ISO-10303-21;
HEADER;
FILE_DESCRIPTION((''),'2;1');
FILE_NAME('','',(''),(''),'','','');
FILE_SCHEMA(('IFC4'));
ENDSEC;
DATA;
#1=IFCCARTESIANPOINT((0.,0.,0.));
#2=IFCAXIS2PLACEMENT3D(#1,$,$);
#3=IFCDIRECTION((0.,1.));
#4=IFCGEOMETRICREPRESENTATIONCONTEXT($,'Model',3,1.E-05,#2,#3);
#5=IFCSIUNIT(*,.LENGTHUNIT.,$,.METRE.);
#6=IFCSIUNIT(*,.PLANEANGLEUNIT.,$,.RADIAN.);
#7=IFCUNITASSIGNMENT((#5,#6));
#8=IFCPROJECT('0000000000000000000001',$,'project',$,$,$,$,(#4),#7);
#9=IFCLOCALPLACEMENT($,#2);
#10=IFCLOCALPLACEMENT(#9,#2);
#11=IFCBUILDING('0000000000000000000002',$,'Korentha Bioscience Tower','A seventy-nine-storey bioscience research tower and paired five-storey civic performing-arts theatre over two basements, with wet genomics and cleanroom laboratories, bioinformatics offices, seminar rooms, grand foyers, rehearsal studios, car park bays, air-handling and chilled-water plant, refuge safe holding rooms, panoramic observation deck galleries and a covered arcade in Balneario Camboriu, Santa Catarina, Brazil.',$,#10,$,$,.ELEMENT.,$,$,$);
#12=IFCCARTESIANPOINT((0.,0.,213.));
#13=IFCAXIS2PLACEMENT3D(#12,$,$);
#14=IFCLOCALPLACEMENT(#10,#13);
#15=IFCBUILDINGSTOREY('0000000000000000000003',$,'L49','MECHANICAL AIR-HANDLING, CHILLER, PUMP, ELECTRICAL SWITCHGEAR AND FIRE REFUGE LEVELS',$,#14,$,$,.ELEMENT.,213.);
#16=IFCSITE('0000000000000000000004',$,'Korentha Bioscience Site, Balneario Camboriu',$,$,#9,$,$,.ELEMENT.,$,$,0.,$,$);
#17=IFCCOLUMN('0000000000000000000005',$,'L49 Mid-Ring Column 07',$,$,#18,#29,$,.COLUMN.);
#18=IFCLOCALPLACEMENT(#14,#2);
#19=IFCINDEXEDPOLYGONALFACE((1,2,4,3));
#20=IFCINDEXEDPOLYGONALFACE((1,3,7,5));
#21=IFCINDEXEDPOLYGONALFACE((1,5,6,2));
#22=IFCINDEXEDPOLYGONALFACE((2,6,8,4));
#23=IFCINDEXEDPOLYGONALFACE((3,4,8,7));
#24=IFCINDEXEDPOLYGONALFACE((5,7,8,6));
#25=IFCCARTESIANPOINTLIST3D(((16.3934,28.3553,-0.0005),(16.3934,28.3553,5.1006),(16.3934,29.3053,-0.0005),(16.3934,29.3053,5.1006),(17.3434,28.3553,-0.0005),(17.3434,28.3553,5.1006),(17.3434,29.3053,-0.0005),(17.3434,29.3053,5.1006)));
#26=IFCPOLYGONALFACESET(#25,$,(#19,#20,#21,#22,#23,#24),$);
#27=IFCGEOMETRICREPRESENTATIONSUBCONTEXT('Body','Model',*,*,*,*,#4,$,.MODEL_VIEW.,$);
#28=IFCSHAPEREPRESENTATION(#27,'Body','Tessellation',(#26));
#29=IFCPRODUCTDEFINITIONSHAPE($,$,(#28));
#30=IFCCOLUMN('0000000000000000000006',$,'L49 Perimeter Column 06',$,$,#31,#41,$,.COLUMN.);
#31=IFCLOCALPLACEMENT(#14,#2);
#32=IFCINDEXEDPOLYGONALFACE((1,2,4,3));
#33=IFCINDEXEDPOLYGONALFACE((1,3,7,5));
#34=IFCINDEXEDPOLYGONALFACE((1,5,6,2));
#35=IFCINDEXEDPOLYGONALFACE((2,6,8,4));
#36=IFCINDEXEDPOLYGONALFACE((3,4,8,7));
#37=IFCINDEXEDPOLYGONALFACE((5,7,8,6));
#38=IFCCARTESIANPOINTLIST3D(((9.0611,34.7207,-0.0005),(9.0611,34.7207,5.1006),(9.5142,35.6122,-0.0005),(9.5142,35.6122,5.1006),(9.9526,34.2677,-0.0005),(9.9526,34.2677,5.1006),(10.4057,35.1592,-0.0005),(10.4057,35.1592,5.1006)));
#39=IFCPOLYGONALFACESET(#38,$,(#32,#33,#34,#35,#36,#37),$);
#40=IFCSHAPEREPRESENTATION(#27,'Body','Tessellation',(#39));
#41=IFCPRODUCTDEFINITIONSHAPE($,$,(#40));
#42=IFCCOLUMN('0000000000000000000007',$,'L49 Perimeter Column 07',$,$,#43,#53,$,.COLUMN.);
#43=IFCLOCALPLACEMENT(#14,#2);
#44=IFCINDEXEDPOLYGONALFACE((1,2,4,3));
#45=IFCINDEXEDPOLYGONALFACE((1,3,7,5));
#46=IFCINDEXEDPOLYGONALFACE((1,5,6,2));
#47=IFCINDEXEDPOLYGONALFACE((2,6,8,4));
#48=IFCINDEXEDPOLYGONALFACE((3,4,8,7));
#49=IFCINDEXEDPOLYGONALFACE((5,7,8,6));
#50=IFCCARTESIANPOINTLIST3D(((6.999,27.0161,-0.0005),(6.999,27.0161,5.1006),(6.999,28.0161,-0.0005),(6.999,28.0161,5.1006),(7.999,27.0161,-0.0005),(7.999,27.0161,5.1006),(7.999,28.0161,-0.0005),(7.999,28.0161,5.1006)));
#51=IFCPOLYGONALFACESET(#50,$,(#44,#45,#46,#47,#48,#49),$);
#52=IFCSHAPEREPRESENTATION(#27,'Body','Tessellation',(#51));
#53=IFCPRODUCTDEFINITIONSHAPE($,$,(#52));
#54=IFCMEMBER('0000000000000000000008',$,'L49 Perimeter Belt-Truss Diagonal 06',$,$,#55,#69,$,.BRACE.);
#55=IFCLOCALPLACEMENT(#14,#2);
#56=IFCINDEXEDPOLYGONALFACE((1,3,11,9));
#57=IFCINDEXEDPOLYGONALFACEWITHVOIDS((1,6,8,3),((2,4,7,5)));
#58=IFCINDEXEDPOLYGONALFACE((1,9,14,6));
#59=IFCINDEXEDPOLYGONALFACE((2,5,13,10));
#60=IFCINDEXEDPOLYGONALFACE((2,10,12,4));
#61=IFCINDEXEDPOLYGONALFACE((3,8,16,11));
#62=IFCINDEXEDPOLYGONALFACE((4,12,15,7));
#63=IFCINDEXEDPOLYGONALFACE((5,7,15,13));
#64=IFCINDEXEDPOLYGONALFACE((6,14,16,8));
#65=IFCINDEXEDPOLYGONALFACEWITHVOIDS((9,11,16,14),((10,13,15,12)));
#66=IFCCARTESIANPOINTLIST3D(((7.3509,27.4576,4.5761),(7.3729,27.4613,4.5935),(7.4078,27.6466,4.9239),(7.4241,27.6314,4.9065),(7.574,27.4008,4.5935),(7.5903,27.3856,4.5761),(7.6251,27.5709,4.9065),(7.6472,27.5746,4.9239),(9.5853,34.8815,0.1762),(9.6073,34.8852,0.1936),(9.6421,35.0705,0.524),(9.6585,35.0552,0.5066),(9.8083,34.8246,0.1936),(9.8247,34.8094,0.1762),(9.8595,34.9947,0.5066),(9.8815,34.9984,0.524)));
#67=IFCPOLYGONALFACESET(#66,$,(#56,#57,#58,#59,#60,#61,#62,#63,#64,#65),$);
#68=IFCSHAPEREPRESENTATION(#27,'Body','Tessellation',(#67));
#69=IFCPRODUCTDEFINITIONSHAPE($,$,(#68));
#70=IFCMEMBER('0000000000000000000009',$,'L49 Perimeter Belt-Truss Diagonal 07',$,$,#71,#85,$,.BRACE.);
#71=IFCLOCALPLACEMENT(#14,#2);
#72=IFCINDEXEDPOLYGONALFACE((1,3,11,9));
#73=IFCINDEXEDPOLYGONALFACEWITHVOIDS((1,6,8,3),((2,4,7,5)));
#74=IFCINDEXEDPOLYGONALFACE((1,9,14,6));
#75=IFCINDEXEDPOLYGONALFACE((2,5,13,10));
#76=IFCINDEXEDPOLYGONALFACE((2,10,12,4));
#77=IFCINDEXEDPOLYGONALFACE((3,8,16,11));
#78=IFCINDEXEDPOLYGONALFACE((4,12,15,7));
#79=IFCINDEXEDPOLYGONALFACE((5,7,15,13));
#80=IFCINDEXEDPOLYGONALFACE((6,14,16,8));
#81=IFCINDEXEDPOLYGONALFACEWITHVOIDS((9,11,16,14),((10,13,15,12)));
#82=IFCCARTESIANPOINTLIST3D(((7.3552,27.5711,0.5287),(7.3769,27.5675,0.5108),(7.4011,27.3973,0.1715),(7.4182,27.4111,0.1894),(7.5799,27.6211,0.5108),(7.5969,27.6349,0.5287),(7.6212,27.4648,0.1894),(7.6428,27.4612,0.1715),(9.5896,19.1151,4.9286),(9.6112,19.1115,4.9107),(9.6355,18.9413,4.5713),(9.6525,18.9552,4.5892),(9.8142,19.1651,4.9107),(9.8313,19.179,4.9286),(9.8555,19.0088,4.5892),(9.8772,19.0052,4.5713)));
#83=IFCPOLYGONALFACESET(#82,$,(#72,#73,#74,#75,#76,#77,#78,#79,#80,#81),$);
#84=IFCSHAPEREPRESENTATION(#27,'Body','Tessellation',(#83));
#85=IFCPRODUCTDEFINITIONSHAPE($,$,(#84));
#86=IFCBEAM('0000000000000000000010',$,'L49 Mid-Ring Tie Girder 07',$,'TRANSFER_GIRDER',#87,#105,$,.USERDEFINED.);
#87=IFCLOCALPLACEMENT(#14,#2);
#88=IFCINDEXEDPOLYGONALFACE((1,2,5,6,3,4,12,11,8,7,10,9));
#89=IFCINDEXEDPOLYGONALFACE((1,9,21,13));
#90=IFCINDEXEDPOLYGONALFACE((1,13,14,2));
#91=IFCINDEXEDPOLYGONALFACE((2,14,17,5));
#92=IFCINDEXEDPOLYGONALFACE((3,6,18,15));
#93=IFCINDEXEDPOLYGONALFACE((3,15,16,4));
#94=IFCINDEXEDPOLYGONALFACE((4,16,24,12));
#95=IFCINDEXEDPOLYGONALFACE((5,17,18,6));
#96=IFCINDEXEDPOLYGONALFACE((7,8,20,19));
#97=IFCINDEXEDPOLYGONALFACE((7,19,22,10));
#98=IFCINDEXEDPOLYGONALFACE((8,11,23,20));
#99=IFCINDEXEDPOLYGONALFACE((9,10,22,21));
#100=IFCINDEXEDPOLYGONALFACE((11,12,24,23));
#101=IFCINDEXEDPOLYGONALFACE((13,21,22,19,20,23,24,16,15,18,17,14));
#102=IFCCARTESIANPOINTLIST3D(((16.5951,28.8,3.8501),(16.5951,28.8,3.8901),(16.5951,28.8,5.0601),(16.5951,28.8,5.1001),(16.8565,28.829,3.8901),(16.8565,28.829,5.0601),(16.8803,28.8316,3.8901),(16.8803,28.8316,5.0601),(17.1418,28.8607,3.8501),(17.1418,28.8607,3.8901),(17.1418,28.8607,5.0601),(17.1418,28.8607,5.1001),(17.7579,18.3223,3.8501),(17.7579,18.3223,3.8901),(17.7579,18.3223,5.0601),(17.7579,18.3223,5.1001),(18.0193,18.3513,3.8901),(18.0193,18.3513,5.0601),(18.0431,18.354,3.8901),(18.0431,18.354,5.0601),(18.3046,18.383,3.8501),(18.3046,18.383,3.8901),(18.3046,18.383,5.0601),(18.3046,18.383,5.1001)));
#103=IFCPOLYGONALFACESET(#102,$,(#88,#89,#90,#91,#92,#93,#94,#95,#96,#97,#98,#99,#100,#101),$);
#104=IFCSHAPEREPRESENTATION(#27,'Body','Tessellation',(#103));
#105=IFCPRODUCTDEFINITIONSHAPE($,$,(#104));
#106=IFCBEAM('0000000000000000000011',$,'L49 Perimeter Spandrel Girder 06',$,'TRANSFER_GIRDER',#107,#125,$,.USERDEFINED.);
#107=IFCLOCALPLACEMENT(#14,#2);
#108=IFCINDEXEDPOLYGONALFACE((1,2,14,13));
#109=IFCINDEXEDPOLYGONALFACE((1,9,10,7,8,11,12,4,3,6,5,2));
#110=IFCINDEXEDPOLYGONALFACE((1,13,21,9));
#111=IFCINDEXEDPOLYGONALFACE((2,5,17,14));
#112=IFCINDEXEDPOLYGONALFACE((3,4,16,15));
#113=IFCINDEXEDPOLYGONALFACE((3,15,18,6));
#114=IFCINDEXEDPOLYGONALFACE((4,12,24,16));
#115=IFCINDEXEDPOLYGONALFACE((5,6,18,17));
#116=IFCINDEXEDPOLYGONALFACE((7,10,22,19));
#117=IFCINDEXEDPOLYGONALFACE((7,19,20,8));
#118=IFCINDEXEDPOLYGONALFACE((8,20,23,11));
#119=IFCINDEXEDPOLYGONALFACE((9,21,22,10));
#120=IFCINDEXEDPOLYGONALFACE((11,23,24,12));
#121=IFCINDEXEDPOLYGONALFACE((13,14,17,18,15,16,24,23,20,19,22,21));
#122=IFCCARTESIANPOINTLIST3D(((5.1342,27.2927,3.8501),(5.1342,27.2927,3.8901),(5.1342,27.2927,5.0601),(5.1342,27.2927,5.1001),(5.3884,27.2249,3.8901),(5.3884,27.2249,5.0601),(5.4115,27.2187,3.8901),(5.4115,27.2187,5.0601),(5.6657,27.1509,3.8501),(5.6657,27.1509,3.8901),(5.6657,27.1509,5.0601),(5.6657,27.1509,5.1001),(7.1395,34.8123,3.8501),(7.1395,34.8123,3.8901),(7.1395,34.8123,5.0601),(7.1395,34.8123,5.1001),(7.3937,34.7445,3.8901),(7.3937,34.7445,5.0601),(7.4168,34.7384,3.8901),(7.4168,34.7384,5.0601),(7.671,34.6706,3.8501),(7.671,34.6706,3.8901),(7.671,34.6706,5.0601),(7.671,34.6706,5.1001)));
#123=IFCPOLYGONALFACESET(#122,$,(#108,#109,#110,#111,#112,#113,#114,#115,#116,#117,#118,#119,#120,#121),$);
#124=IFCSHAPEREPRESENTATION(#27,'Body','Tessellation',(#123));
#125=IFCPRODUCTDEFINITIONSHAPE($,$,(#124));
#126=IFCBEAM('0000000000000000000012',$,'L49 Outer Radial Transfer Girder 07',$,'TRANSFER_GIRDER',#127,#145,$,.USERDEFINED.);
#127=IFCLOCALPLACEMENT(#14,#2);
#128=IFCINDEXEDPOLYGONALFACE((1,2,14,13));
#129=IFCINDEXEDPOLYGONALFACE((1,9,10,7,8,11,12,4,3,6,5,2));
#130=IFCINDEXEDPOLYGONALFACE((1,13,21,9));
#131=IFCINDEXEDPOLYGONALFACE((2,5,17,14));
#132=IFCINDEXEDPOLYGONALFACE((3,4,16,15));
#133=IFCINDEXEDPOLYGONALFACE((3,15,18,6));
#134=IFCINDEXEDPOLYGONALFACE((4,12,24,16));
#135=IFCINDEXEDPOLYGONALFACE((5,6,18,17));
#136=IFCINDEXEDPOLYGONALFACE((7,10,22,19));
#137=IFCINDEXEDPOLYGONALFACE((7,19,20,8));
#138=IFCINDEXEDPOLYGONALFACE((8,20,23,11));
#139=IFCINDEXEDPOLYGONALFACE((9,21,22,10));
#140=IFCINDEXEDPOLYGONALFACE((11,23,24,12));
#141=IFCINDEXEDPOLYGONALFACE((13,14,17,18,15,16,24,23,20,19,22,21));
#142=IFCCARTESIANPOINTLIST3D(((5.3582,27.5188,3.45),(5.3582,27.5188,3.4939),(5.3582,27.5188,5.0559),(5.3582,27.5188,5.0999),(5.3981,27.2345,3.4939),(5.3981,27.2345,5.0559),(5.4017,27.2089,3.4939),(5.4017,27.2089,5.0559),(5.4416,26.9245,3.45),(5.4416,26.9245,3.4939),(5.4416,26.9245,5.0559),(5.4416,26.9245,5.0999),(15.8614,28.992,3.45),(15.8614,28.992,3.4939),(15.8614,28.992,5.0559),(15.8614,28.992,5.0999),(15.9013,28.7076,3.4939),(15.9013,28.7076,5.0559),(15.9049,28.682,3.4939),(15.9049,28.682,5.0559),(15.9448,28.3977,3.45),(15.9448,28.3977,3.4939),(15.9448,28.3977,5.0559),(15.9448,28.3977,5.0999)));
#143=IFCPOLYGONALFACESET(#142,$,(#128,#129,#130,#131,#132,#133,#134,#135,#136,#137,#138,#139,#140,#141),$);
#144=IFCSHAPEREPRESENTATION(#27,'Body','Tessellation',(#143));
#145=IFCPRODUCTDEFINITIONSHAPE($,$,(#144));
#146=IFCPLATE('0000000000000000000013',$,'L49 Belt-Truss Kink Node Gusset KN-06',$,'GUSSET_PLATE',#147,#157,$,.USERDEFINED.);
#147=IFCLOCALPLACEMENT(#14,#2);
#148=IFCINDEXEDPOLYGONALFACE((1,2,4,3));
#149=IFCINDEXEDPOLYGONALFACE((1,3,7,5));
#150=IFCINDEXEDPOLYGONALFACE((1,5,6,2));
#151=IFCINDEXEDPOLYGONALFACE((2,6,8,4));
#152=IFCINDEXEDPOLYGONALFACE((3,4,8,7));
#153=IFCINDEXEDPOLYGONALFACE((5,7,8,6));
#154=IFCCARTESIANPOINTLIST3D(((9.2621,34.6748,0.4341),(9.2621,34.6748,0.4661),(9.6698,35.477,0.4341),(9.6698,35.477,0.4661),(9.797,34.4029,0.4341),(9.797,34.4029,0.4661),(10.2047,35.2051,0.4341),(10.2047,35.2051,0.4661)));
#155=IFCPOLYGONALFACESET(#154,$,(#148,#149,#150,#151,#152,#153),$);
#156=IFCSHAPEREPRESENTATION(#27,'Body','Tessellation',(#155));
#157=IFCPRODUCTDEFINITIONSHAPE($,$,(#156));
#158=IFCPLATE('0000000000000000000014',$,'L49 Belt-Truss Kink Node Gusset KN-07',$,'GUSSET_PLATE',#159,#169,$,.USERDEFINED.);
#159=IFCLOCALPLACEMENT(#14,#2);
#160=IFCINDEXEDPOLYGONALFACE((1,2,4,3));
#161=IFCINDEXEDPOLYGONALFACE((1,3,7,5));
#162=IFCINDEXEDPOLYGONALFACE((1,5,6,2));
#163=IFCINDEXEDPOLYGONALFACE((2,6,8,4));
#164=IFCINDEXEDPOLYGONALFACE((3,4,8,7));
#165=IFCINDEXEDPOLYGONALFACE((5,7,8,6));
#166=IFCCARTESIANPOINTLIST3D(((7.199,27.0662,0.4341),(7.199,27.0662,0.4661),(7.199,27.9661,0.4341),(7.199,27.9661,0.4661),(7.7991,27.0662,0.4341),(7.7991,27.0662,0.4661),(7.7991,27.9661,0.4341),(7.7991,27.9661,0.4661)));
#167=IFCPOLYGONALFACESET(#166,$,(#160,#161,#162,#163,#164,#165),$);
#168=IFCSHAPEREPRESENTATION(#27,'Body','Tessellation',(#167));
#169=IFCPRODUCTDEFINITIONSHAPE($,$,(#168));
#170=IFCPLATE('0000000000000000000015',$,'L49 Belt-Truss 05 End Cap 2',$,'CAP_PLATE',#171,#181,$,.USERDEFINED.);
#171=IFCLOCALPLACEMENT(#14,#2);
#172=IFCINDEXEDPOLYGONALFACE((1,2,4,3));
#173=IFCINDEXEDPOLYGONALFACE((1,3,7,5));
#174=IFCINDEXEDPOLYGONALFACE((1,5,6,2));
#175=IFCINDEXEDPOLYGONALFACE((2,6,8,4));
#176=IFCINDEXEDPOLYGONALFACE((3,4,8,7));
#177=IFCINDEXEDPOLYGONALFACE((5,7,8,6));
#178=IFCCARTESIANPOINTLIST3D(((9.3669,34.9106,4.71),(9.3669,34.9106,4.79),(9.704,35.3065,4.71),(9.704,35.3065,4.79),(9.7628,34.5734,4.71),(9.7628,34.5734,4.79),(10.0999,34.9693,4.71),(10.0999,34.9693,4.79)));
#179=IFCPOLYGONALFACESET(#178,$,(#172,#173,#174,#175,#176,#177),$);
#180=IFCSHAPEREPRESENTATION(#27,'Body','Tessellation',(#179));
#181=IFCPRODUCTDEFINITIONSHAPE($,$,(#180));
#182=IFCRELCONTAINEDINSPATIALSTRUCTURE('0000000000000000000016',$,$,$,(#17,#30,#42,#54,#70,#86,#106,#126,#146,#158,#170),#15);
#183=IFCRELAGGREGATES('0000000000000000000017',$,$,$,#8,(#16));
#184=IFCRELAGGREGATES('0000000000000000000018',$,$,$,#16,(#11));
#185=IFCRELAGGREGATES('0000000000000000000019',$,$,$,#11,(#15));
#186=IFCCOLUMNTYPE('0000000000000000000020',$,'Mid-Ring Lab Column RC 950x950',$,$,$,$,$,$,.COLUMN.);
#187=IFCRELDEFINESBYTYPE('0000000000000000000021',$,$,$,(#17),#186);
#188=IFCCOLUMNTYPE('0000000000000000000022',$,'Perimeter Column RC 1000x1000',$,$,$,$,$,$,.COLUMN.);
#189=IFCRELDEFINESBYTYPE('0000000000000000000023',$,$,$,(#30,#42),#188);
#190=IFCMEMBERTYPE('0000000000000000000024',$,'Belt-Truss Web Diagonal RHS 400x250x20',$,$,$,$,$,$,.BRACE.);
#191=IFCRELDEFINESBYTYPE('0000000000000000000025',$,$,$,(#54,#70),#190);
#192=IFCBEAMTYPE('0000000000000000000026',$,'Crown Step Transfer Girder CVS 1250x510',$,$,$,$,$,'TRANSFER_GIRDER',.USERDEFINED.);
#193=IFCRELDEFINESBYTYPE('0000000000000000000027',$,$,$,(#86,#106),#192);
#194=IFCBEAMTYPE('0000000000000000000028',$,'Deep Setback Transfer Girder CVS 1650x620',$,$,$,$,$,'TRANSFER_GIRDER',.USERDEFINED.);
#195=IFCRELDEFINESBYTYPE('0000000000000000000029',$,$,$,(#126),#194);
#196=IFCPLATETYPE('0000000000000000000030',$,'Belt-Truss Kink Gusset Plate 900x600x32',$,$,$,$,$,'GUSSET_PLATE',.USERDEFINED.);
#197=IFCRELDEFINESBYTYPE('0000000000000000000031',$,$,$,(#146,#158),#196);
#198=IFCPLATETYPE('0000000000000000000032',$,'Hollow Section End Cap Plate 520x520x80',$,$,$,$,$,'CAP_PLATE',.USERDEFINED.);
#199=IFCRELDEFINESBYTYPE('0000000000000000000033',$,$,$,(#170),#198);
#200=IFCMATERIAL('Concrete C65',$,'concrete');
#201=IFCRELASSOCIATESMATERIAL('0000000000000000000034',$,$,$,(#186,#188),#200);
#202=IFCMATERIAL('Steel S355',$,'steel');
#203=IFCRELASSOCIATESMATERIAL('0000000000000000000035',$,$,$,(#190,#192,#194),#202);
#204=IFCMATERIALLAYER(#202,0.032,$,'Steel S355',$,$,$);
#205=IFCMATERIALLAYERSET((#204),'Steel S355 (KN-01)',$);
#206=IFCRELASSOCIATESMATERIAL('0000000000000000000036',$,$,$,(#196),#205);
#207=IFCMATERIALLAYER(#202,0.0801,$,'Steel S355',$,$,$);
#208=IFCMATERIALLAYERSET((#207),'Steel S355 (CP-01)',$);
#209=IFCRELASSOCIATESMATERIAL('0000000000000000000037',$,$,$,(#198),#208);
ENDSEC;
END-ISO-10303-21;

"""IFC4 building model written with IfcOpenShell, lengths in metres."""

from ifc_helpers import new_model, si_unit, direction, frame, origin, origin_2d, place, context, subcontext, project, spatial, rectangle, hollow_rectangle, i_section, extrude, material, layer, layer_set, material_profile, profile_set, type_object, element, save


model = new_model("IFC4")

# Units and contexts
model_context = context("Model", 3, precision=1e-05, world=origin(), true_north=direction((0.0, 1.0)))
body_context = subcontext(model_context, "Body", "Model", "MODEL_VIEW")
ifc_project = project(units=[si_unit("LENGTHUNIT", "METRE"), si_unit("PLANEANGLEUNIT", "RADIAN")], contexts=[model_context])

# Site, building, storey
site_placement = place(None, origin())
site = spatial("IfcSite", under=ifc_project, at=site_placement, Name="Korentha Bioscience Site, Balneario Camboriu", CompositionType="ELEMENT", RefElevation=0.0)
building_placement = place(site_placement, origin())
building = spatial("IfcBuilding", under=site, at=building_placement, Name="Korentha Bioscience Tower", Description="A seventy-nine-storey bioscience research tower and paired five-storey civic performing-arts theatre over two basements, with wet genomics and cleanroom laboratories, bioinformatics offices, seminar rooms, grand foyers, rehearsal studios, car park bays, air-handling and chilled-water plant, refuge safe holding rooms, panoramic observation deck galleries and a covered arcade in Balneario Camboriu, Santa Catarina, Brazil.", CompositionType="ELEMENT")
storey_placement = place(building_placement, frame((0.0, 0.0, 213.0)))
storey = spatial("IfcBuildingStorey", under=building, at=storey_placement, Name="L49", Description="MECHANICAL AIR-HANDLING, CHILLER, PUMP, ELECTRICAL SWITCHGEAR AND FIRE REFUGE LEVELS", CompositionType="ELEMENT", Elevation=213.0)

# Columns
ifc_material_1 = material(Name="Concrete C65", Category="concrete")
ifc_material_profile_1 = material_profile(ifc_material_1, rectangle(XDim=0.95, YDim=0.95, at=origin_2d()), Name="Concrete C65")
ifc_profile_set_1 = profile_set([ifc_material_profile_1], Name="Concrete C65 (COL-MR09)")
column_type_1 = type_object("IfcColumnType", Name="Mid-Ring Lab Column RC 950x950", PredefinedType="COLUMN", material=ifc_profile_set_1)
column_placement = place(storey_placement, frame((16.8684, 28.8303, -0.0005), z_axis=(0.0, 0.0, 1.0), x_axis=(1.0, 0.0, 0.0)))
element("IfcColumn", 1, at=column_placement, inside=storey, type_object=column_type_1, Name="L49 Mid-Ring Column 07", PredefinedType="COLUMN", context=body_context, shape_type="SweptSolid", body=[
    extrude(rectangle(XDim=0.95, YDim=0.95, at=origin_2d()), origin(), (0.0, 0.0, 1.0), 5.1011),
])
ifc_material_profile_2 = material_profile(ifc_material_1, rectangle(XDim=1.0, YDim=1.0, at=origin_2d()), Name="Concrete C65")
ifc_profile_set_2 = profile_set([ifc_material_profile_2], Name="Concrete C65 (COL-P10)")
column_type_2 = type_object("IfcColumnType", Name="Perimeter Column RC 1000x1000", PredefinedType="COLUMN", material=ifc_profile_set_2)
for number, where, z_axis, x_axis, name in (
    (2, (9.7334, 34.9399, -0.0005), (0.0, 0.0, 1.0), (0.453057, 0.891481, 0.0), "L49 Perimeter Column 06"),
    (3, (7.499, 27.5161, -0.0005), (0.0, 0.0, 1.0), (0.0, 1.0, 0.0), "L49 Perimeter Column 07"),
):
    element("IfcColumn", number, at=place(storey_placement, frame(where, z_axis=z_axis, x_axis=x_axis)), inside=storey, type_object=column_type_2, Name=name, PredefinedType="COLUMN", context=body_context, shape_type="SweptSolid", body=[
        extrude(rectangle(XDim=1.0, YDim=1.0, at=origin_2d()), origin(), (0.0, 0.0, 1.0), 5.1011),
    ])

# Members
ifc_material_2 = material(Name="Steel S355", Category="steel")
ifc_material_profile_3 = material_profile(ifc_material_2, hollow_rectangle(XDim=0.25, YDim=0.3999, WallThickness=0.02, at=origin_2d()), Name="Steel S355")
ifc_profile_set_3 = profile_set([ifc_material_profile_3], Name="Steel S355 (BT-D400)")
member_type = type_object("IfcMemberType", Name="Belt-Truss Web Diagonal RHS 400x250x20", PredefinedType="BRACE", material=ifc_profile_set_3)
member_1_placement = place(storey_placement, frame((9.7334, 34.9399, 0.3501), z_axis=(-0.250651, -0.8328, 0.493578), x_axis=(0.957569, -0.288203, 0.0)))
element("IfcMember", 4, at=member_1_placement, inside=storey, type_object=member_type, Name="L49 Perimeter Belt-Truss Diagonal 06", PredefinedType="BRACE", context=body_context, shape_type="SweptSolid", body=[
    extrude(hollow_rectangle(XDim=0.25, YDim=0.3999, WallThickness=0.02, at=origin_2d()), origin(), (0.0, 0.0, 1.0), 8.9143),
])
member_2_placement = place(storey_placement, frame((7.499, 27.5161, 0.3501), z_axis=(0.228216, -0.863689, 0.449399), x_axis=(0.966818, 0.255466, 0.0)))
element("IfcMember", 5, at=member_2_placement, inside=storey, type_object=member_type, Name="L49 Perimeter Belt-Truss Diagonal 07", PredefinedType="BRACE", context=body_context, shape_type="SweptSolid", body=[
    extrude(hollow_rectangle(XDim=0.25, YDim=0.3999, WallThickness=0.02, at=origin_2d()), origin(), (0.0, 0.0, 1.0), 9.7905),
])

# Beams
ifc_material_profile_4 = material_profile(ifc_material_2, i_section(OverallWidth=0.55, OverallDepth=1.25, WebThickness=0.0239, FlangeThickness=0.04, at=origin_2d()), Name="Steel S355")
ifc_profile_set_4 = profile_set([ifc_material_profile_4], Name="Steel S355 (TG-03)")
beam_type_1 = type_object("IfcBeamType", Name="Crown Step Transfer Girder CVS 1250x510", ElementType="TRANSFER_GIRDER", PredefinedType="USERDEFINED", material=ifc_profile_set_4)
beam_1_placement = place(storey_placement, frame((16.8684, 28.8303, 4.4751), z_axis=(0.110304, -0.993898, 0.0), x_axis=(0.993898, 0.110304, 0.0)))
element("IfcBeam", 6, at=beam_1_placement, inside=storey, type_object=beam_type_1, Name="L49 Mid-Ring Tie Girder 07", ObjectType="TRANSFER_GIRDER", PredefinedType="USERDEFINED", context=body_context, shape_type="SweptSolid", body=[
    extrude(i_section(OverallWidth=0.55, OverallDepth=1.25, WebThickness=0.0239, FlangeThickness=0.04, at=origin_2d()), origin(), (0.0, 0.0, 1.0), 10.542),
])
beam_2_placement = place(storey_placement, frame((7.4053, 34.7415, 4.4751), z_axis=(-0.257674, -0.966232, 0.0), x_axis=(0.966232, -0.257674, 0.0)))
element("IfcBeam", 7, at=beam_2_placement, inside=storey, type_object=beam_type_1, Name="L49 Perimeter Spandrel Girder 06", ObjectType="TRANSFER_GIRDER", PredefinedType="USERDEFINED", context=body_context, shape_type="SweptSolid", body=[
    extrude(i_section(OverallWidth=0.55, OverallDepth=1.25, WebThickness=0.0239, FlangeThickness=0.04, at=origin_2d()), origin(), (0.0, 0.0, 1.0), 7.7825),
])
ifc_material_profile_5 = material_profile(ifc_material_2, i_section(OverallWidth=0.6001, OverallDepth=1.6499, WebThickness=0.0259, FlangeThickness=0.0439, at=origin_2d()), Name="Steel S355")
ifc_profile_set_5 = profile_set([ifc_material_profile_5], Name="Steel S355 (TG-04)")
beam_type_2 = type_object("IfcBeamType", Name="Deep Setback Transfer Girder CVS 1650x620", ElementType="TRANSFER_GIRDER", PredefinedType="USERDEFINED", material=ifc_profile_set_5)
beam_3_placement = place(storey_placement, frame((15.9031, 28.6948, 4.2749), z_axis=(-0.990307, -0.138898, 0.0), x_axis=(0.138898, -0.990307, 0.0)))
element("IfcBeam", 8, at=beam_3_placement, inside=storey, type_object=beam_type_2, Name="L49 Outer Radial Transfer Girder 07", ObjectType="TRANSFER_GIRDER", PredefinedType="USERDEFINED", context=body_context, shape_type="SweptSolid", body=[
    extrude(i_section(OverallWidth=0.6001, OverallDepth=1.6499, WebThickness=0.0259, FlangeThickness=0.0439, at=origin_2d()), origin(), (0.0, 0.0, 1.0), 10.606),
])

# Plates
ifc_layer_1 = layer(ifc_material_2, 0.032, Name="Steel S355")
ifc_layer_set_1 = layer_set([ifc_layer_1], Name="Steel S355 (KN-01)")
plate_type_1 = type_object("IfcPlateType", Name="Belt-Truss Kink Gusset Plate 900x600x32", ElementType="GUSSET_PLATE", PredefinedType="USERDEFINED", material=ifc_layer_set_1)
for number, where, z_axis, x_axis, name in (
    (9, (9.7334, 34.9399, 0.4341), (0.0, 0.0, 1.0), (0.453057, 0.891481, 0.0), "L49 Belt-Truss Kink Node Gusset KN-06"),
    (10, (7.499, 27.5161, 0.4341), (0.0, 0.0, 1.0), (0.0, 1.0, 0.0), "L49 Belt-Truss Kink Node Gusset KN-07"),
):
    element("IfcPlate", number, at=place(storey_placement, frame(where, z_axis=z_axis, x_axis=x_axis)), inside=storey, type_object=plate_type_1, Name=name, ObjectType="GUSSET_PLATE", PredefinedType="USERDEFINED", context=body_context, shape_type="SweptSolid", body=[
        extrude(rectangle(XDim=0.8999, YDim=0.6001, at=origin_2d()), origin(), (0.0, 0.0, 1.0), 0.032),
    ])
ifc_layer_2 = layer(ifc_material_2, 0.0801, Name="Steel S355")
ifc_layer_set_2 = layer_set([ifc_layer_2], Name="Steel S355 (CP-01)")
plate_type_2 = type_object("IfcPlateType", Name="Hollow Section End Cap Plate 520x520x80", ElementType="CAP_PLATE", PredefinedType="USERDEFINED", material=ifc_layer_set_2)
for number, where, z_axis, x_axis, name in (
    (11, (9.7334, 34.9399, 4.71), (0.0, 0.0, 1.0), (0.648386, 0.761312, 0.0), "L49 Belt-Truss 05 End Cap 2"),
):
    element("IfcPlate", number, at=place(storey_placement, frame(where, z_axis=z_axis, x_axis=x_axis)), inside=storey, type_object=plate_type_2, Name=name, ObjectType="CAP_PLATE", PredefinedType="USERDEFINED", context=body_context, shape_type="SweptSolid", body=[
        extrude(rectangle(XDim=0.52, YDim=0.52, at=origin_2d()), origin(), (0.0, 0.0, 1.0), 0.0801),
    ])

save(model, "model.ifc")
